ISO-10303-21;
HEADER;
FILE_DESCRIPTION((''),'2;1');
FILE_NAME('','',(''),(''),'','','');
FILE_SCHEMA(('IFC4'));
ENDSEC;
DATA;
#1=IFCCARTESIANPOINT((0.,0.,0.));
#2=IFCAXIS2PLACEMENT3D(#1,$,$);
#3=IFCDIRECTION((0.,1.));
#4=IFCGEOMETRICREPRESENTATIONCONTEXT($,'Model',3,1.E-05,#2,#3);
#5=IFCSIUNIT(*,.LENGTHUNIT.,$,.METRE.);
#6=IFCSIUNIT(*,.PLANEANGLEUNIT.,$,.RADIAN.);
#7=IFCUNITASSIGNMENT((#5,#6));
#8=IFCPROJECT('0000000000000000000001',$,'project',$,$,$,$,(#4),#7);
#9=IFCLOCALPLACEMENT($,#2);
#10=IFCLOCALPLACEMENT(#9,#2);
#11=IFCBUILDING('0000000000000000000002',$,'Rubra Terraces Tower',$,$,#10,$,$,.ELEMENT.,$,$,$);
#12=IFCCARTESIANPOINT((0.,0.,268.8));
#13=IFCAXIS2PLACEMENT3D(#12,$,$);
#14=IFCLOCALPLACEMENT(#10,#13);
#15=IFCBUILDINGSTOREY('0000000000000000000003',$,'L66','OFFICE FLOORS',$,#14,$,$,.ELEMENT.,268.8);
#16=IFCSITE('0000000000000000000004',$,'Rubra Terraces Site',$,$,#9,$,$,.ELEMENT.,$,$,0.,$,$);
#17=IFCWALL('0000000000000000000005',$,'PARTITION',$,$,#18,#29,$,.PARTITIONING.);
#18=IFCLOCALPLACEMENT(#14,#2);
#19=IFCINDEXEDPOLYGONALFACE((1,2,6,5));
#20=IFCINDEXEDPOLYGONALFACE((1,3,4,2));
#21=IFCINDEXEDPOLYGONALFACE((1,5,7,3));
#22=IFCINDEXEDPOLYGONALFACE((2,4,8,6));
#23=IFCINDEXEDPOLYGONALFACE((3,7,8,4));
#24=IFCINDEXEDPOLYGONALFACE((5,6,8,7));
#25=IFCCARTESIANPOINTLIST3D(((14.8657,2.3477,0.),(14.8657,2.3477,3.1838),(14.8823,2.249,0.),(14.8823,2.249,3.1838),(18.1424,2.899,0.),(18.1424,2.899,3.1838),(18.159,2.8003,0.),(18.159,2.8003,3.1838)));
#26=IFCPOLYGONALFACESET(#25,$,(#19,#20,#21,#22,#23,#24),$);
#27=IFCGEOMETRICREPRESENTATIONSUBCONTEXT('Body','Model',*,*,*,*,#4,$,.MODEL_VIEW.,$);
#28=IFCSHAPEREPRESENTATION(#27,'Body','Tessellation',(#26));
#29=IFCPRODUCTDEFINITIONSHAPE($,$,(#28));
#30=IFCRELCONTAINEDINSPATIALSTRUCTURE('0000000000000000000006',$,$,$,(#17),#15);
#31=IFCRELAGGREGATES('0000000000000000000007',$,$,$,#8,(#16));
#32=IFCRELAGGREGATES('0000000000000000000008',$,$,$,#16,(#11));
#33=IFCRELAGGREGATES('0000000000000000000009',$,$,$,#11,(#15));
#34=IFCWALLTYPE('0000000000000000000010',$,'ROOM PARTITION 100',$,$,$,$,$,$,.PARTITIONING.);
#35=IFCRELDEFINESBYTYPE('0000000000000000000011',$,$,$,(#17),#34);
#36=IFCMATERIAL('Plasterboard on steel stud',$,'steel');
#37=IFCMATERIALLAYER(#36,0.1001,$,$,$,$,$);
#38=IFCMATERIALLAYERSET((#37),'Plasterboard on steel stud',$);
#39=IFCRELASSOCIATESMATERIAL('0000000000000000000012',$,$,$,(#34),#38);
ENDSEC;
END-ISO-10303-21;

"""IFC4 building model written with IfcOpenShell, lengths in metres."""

from ifc_helpers import new_model, si_unit, direction, frame, frame_2d, origin, place, context, subcontext, project, spatial, rectangle, extrude, material, layer, layer_set, type_object, element, save


model = new_model("IFC4")

# Units and contexts
model_context = context("Model", 3, precision=1e-05, world=origin(), true_north=direction((0.0, 1.0)))
body_context = subcontext(model_context, "Body", "Model", "MODEL_VIEW")
ifc_project = project(units=[si_unit("LENGTHUNIT", "METRE"), si_unit("PLANEANGLEUNIT", "RADIAN")], contexts=[model_context])

# Site, building, storey
site_placement = place(None, origin())
site = spatial("IfcSite", under=ifc_project, at=site_placement, Name="Rubra Terraces Site", CompositionType="ELEMENT", RefElevation=0.0)
building_placement = place(site_placement, origin())
building = spatial("IfcBuilding", under=site, at=building_placement, Name="Rubra Terraces Tower", CompositionType="ELEMENT")
storey_placement = place(building_placement, frame((0.0, 0.0, 268.8)))
storey = spatial("IfcBuildingStorey", under=building, at=storey_placement, Name="L66", Description="OFFICE FLOORS", CompositionType="ELEMENT", Elevation=268.8)

# Wall
ifc_material_1 = material(Name="Plasterboard on steel stud", Category="steel")
ifc_layer_1 = layer(ifc_material_1, 0.1001)
ifc_layer_set_1 = layer_set([ifc_layer_1], Name="Plasterboard on steel stud")
wall_type_1 = type_object("IfcWallType", Name="ROOM PARTITION 100", PredefinedType="PARTITIONING", material=ifc_layer_set_1)
wall_1_placement = place(storey_placement, frame((14.874, 2.2983, 0.0), z_axis=(0.0, 0.0, 1.0), x_axis=(0.986141, 0.165912, 0.0)))
element("IfcWall", 1, at=wall_1_placement, inside=storey, type_object=wall_type_1, Name="PARTITION", PredefinedType="PARTITIONING", context=body_context, shape_type="SweptSolid", body=[
    extrude(rectangle(XDim=3.3228, YDim=0.1001, at=frame_2d((1.6614, 0.0))), origin(), (0.0, 0.0, 1.0), 3.1838),
])

save(model, "model.ifc")
